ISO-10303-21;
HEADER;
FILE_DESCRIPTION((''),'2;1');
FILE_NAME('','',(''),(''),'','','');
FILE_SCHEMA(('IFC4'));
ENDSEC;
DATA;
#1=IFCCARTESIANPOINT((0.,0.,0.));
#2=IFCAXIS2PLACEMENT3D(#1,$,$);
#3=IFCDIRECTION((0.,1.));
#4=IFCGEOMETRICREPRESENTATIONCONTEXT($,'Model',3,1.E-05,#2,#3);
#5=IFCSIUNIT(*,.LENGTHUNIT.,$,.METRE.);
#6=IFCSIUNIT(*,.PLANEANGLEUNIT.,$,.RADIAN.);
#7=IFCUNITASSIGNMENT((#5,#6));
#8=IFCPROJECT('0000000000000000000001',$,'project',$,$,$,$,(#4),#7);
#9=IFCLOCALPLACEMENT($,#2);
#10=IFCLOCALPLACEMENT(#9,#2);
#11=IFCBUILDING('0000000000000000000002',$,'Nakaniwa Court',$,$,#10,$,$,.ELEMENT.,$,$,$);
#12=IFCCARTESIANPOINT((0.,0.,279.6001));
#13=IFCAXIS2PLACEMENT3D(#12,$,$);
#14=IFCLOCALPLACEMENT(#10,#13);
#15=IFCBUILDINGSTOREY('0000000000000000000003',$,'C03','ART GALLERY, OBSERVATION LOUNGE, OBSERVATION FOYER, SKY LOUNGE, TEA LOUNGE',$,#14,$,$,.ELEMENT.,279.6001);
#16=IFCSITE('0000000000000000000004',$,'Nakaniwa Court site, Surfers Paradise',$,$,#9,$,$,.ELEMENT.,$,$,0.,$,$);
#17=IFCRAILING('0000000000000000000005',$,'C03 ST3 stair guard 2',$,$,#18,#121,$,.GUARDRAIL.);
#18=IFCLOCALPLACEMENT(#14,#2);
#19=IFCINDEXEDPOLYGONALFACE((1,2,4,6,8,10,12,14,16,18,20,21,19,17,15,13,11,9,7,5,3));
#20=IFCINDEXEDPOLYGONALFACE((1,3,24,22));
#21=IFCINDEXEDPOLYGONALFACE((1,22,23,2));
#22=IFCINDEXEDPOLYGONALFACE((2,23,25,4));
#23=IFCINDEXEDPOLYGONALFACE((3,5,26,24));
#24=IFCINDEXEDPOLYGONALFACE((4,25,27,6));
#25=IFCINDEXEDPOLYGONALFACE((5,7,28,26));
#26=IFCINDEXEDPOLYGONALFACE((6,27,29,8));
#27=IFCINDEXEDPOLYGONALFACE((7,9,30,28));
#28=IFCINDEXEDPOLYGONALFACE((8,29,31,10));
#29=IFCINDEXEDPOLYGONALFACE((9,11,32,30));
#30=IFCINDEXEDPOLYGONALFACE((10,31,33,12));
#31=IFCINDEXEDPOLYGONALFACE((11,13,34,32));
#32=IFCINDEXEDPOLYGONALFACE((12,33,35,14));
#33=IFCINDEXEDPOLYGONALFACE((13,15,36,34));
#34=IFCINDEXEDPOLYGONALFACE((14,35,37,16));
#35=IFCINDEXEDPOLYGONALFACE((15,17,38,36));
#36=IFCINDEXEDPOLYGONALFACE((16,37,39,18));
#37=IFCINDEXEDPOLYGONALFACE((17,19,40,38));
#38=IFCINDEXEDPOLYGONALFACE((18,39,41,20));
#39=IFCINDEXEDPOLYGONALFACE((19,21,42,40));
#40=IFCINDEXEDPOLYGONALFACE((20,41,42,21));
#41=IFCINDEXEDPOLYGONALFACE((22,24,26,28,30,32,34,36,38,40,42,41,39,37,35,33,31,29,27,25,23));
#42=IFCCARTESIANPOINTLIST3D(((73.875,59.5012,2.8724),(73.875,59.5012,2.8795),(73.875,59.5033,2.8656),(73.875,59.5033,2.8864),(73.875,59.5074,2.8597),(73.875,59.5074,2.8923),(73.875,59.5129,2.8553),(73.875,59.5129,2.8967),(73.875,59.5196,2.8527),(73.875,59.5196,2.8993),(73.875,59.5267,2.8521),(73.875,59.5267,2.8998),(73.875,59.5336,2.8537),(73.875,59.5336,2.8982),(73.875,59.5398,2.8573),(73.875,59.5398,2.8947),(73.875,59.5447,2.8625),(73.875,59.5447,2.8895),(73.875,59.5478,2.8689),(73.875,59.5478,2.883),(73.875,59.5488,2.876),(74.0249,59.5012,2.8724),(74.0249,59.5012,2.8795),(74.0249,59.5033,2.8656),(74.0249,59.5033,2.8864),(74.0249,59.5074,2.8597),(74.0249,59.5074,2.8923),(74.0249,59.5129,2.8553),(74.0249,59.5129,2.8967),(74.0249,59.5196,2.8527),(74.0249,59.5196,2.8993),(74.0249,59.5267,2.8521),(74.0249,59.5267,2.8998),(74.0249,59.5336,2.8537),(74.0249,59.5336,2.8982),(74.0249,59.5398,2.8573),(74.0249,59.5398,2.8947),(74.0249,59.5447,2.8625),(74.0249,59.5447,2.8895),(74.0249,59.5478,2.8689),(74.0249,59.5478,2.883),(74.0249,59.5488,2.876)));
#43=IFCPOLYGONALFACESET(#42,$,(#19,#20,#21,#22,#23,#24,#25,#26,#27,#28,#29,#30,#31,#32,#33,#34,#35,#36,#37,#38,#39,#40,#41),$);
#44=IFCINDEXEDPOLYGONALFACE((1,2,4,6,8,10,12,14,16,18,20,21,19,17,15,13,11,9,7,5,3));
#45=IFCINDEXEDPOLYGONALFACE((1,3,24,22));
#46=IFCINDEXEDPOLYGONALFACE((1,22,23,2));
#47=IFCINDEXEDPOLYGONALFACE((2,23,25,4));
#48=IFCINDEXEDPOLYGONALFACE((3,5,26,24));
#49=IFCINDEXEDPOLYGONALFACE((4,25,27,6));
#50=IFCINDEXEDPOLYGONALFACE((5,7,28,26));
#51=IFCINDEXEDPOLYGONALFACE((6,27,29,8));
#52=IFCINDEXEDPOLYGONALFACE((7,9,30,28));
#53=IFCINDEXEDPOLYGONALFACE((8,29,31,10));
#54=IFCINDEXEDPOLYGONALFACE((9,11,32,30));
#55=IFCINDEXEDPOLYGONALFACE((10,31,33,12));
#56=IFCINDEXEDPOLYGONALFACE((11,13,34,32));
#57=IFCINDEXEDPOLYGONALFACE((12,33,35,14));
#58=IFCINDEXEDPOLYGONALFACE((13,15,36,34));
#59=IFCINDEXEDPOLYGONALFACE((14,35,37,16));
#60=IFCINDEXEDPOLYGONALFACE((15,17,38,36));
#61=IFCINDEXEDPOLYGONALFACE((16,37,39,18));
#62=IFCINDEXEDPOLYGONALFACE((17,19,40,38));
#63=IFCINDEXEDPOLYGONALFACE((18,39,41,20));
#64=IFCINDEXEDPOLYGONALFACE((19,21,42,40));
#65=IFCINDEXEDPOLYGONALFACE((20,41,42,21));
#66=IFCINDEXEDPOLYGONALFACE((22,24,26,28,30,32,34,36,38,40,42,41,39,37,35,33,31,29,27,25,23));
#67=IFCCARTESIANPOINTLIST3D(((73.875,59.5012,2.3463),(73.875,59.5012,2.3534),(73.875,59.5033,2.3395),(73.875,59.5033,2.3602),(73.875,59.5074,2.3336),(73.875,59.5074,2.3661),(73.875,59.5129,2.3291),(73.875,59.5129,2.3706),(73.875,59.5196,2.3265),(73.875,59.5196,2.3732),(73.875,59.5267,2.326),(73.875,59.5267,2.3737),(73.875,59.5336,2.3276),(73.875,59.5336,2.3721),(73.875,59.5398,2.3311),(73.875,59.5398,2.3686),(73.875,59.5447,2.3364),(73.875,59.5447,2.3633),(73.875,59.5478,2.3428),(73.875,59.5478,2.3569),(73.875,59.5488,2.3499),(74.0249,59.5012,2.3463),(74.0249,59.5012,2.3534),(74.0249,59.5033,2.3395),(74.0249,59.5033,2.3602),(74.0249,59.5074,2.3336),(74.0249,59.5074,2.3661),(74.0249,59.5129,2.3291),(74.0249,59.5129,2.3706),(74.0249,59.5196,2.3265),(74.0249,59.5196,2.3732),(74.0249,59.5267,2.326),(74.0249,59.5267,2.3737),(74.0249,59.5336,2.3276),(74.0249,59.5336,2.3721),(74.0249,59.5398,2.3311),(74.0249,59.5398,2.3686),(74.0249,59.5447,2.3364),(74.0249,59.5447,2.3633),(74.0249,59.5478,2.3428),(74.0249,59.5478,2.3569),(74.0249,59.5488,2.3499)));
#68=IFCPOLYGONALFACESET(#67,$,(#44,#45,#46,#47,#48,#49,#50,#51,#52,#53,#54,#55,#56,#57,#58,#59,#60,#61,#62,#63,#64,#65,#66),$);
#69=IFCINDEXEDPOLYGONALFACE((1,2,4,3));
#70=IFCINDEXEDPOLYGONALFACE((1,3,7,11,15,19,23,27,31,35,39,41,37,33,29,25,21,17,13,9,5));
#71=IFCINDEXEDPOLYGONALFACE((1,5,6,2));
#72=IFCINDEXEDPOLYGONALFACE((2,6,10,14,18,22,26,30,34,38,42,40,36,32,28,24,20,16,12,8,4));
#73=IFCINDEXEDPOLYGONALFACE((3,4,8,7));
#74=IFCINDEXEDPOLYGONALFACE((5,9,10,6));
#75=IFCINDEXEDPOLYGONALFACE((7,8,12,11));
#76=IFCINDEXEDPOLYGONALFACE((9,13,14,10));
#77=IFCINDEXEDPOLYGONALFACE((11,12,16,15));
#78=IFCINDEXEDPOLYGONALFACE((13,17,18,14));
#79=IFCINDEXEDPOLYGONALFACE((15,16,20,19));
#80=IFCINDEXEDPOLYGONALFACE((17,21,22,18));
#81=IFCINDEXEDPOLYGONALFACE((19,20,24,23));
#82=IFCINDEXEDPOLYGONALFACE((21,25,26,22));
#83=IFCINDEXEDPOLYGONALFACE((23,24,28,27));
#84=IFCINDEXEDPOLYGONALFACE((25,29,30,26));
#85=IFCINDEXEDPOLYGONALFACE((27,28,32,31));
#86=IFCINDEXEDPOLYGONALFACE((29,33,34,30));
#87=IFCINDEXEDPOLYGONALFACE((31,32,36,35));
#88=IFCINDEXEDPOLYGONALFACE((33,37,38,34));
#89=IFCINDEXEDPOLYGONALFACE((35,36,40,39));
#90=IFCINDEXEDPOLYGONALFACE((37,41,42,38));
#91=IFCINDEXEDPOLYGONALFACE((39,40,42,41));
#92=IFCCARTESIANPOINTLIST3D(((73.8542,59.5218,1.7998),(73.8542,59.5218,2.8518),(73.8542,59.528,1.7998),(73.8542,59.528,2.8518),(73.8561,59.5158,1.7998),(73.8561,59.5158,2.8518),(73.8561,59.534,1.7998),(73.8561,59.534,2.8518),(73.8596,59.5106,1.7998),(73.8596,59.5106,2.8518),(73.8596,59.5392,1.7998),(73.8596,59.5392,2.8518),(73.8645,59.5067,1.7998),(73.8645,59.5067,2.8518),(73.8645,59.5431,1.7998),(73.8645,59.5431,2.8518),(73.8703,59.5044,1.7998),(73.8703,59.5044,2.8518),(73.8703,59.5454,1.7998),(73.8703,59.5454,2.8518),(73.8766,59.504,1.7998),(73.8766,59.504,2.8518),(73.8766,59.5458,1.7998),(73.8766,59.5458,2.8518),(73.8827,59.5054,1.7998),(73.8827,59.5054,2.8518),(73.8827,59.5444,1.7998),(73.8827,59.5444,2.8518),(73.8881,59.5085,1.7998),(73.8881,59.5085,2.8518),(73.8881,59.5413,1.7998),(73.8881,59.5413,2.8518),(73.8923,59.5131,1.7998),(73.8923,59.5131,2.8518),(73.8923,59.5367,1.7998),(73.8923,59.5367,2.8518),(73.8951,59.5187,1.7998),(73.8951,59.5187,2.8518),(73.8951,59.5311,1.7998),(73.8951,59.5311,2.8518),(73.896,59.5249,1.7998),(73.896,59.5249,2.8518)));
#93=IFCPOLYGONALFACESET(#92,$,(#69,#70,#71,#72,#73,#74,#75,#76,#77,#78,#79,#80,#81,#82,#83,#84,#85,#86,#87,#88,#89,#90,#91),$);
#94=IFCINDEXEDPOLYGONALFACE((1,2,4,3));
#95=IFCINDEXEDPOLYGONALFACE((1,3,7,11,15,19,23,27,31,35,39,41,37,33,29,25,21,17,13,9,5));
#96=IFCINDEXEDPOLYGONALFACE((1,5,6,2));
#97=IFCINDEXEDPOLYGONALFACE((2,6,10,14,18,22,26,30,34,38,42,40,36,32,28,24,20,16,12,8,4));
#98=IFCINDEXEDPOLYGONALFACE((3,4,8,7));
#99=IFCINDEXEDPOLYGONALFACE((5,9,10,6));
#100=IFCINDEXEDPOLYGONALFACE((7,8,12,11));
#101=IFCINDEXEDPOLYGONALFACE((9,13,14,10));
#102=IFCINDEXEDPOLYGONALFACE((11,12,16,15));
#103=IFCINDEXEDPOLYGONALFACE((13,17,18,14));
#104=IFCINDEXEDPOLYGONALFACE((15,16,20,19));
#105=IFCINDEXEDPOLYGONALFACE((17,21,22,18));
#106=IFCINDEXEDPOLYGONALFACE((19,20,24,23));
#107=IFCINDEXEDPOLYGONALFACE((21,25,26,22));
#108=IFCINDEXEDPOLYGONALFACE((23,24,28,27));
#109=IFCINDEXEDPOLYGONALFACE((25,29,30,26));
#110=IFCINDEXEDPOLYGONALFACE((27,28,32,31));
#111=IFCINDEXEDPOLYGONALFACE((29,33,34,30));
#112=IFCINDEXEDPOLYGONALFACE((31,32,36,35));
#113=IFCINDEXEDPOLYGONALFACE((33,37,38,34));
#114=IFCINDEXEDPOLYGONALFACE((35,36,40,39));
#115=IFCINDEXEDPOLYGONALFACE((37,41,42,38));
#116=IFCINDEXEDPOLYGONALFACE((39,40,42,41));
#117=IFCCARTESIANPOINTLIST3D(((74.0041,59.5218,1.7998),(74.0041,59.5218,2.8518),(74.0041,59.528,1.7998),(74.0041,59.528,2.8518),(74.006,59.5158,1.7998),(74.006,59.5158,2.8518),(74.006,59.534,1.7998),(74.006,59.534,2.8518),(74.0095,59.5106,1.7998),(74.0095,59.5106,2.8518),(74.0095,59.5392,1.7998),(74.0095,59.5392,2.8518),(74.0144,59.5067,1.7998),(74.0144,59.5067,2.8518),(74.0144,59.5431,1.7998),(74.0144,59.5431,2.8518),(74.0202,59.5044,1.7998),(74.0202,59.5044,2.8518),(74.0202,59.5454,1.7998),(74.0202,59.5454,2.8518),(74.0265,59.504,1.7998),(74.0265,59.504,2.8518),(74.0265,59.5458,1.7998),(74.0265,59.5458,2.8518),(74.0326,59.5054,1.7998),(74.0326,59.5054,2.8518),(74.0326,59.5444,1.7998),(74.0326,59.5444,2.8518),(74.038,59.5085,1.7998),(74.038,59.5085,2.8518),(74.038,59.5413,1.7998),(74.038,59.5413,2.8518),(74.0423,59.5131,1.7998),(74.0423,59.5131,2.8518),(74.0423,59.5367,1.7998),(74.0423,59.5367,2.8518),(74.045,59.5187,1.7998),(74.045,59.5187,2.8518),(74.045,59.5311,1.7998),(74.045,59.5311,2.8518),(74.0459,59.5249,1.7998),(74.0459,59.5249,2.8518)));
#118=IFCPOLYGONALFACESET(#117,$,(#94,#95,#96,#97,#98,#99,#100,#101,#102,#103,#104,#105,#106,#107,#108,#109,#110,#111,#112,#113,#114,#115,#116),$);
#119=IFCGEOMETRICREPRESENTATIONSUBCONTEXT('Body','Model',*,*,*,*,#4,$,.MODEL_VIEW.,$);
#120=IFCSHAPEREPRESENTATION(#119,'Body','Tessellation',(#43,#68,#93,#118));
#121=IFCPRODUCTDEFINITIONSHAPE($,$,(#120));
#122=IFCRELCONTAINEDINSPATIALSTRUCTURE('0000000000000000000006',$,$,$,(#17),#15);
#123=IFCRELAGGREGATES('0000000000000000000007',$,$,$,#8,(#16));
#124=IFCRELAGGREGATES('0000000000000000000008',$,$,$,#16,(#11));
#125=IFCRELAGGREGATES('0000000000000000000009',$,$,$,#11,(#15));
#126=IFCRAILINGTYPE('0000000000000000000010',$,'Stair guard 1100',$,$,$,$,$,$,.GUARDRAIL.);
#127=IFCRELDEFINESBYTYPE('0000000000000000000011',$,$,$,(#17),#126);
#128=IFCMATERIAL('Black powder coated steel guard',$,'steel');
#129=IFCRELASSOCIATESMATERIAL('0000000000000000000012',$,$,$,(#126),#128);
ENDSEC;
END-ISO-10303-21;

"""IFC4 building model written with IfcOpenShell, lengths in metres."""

from ifc_helpers import new_model, si_unit, direction, frame, origin, origin_2d, place, context, subcontext, project, spatial, circle, extrude, material, type_object, element, save


model = new_model("IFC4")

# Units and contexts
model_context = context("Model", 3, precision=1e-05, world=origin(), true_north=direction((0.0, 1.0)))
body_context = subcontext(model_context, "Body", "Model", "MODEL_VIEW")
ifc_project = project(units=[si_unit("LENGTHUNIT", "METRE"), si_unit("PLANEANGLEUNIT", "RADIAN")], contexts=[model_context])

# Site, building, storey
site_placement = place(None, origin())
site = spatial("IfcSite", under=ifc_project, at=site_placement, Name="Nakaniwa Court site, Surfers Paradise", CompositionType="ELEMENT", RefElevation=0.0)
building_placement = place(site_placement, origin())
building = spatial("IfcBuilding", under=site, at=building_placement, Name="Nakaniwa Court", CompositionType="ELEMENT")
storey_placement = place(building_placement, frame((0.0, 0.0, 279.6001)))
storey = spatial("IfcBuildingStorey", under=building, at=storey_placement, Name="C03", Description="ART GALLERY, OBSERVATION LOUNGE, OBSERVATION FOYER, SKY LOUNGE, TEA LOUNGE", CompositionType="ELEMENT", Elevation=279.6001)

# Railing
ifc_material_1 = material(Name="Black powder coated steel guard", Category="steel")
railing_type_1 = type_object("IfcRailingType", Name="Stair guard 1100", PredefinedType="GUARDRAIL", material=ifc_material_1)
railing_1_placement = place(storey_placement, frame((73.875, 59.5249, 1.7998)))
element("IfcRailing", 1, at=railing_1_placement, inside=storey, type_object=railing_type_1, Name="C03 ST3 stair guard 2", PredefinedType="GUARDRAIL", context=body_context, shape_type="SweptSolid", body=[
    extrude(circle(Radius=0.0239, at=origin_2d()), frame((0.0, 0.0, 1.0762), z_axis=(1.0, 0.0, 0.0), x_axis=(0.0, 1.0, 0.0)), (0.0, 0.0, 1.0), 0.1499),
    extrude(circle(Radius=0.0239, at=origin_2d()), frame((0.0, 0.0, 0.55), z_axis=(1.0, 0.0, 0.0), x_axis=(0.0, 1.0, 0.0)), (0.0, 0.0, 1.0), 0.1499),
    extrude(circle(Radius=0.021, at=origin_2d()), origin(), (0.0, 0.0, 1.0), 1.052),
    extrude(circle(Radius=0.021, at=origin_2d()), frame((0.1499, 0.0, 0.0)), (0.0, 0.0, 1.0), 1.052),
])

save(model, "model.ifc")
